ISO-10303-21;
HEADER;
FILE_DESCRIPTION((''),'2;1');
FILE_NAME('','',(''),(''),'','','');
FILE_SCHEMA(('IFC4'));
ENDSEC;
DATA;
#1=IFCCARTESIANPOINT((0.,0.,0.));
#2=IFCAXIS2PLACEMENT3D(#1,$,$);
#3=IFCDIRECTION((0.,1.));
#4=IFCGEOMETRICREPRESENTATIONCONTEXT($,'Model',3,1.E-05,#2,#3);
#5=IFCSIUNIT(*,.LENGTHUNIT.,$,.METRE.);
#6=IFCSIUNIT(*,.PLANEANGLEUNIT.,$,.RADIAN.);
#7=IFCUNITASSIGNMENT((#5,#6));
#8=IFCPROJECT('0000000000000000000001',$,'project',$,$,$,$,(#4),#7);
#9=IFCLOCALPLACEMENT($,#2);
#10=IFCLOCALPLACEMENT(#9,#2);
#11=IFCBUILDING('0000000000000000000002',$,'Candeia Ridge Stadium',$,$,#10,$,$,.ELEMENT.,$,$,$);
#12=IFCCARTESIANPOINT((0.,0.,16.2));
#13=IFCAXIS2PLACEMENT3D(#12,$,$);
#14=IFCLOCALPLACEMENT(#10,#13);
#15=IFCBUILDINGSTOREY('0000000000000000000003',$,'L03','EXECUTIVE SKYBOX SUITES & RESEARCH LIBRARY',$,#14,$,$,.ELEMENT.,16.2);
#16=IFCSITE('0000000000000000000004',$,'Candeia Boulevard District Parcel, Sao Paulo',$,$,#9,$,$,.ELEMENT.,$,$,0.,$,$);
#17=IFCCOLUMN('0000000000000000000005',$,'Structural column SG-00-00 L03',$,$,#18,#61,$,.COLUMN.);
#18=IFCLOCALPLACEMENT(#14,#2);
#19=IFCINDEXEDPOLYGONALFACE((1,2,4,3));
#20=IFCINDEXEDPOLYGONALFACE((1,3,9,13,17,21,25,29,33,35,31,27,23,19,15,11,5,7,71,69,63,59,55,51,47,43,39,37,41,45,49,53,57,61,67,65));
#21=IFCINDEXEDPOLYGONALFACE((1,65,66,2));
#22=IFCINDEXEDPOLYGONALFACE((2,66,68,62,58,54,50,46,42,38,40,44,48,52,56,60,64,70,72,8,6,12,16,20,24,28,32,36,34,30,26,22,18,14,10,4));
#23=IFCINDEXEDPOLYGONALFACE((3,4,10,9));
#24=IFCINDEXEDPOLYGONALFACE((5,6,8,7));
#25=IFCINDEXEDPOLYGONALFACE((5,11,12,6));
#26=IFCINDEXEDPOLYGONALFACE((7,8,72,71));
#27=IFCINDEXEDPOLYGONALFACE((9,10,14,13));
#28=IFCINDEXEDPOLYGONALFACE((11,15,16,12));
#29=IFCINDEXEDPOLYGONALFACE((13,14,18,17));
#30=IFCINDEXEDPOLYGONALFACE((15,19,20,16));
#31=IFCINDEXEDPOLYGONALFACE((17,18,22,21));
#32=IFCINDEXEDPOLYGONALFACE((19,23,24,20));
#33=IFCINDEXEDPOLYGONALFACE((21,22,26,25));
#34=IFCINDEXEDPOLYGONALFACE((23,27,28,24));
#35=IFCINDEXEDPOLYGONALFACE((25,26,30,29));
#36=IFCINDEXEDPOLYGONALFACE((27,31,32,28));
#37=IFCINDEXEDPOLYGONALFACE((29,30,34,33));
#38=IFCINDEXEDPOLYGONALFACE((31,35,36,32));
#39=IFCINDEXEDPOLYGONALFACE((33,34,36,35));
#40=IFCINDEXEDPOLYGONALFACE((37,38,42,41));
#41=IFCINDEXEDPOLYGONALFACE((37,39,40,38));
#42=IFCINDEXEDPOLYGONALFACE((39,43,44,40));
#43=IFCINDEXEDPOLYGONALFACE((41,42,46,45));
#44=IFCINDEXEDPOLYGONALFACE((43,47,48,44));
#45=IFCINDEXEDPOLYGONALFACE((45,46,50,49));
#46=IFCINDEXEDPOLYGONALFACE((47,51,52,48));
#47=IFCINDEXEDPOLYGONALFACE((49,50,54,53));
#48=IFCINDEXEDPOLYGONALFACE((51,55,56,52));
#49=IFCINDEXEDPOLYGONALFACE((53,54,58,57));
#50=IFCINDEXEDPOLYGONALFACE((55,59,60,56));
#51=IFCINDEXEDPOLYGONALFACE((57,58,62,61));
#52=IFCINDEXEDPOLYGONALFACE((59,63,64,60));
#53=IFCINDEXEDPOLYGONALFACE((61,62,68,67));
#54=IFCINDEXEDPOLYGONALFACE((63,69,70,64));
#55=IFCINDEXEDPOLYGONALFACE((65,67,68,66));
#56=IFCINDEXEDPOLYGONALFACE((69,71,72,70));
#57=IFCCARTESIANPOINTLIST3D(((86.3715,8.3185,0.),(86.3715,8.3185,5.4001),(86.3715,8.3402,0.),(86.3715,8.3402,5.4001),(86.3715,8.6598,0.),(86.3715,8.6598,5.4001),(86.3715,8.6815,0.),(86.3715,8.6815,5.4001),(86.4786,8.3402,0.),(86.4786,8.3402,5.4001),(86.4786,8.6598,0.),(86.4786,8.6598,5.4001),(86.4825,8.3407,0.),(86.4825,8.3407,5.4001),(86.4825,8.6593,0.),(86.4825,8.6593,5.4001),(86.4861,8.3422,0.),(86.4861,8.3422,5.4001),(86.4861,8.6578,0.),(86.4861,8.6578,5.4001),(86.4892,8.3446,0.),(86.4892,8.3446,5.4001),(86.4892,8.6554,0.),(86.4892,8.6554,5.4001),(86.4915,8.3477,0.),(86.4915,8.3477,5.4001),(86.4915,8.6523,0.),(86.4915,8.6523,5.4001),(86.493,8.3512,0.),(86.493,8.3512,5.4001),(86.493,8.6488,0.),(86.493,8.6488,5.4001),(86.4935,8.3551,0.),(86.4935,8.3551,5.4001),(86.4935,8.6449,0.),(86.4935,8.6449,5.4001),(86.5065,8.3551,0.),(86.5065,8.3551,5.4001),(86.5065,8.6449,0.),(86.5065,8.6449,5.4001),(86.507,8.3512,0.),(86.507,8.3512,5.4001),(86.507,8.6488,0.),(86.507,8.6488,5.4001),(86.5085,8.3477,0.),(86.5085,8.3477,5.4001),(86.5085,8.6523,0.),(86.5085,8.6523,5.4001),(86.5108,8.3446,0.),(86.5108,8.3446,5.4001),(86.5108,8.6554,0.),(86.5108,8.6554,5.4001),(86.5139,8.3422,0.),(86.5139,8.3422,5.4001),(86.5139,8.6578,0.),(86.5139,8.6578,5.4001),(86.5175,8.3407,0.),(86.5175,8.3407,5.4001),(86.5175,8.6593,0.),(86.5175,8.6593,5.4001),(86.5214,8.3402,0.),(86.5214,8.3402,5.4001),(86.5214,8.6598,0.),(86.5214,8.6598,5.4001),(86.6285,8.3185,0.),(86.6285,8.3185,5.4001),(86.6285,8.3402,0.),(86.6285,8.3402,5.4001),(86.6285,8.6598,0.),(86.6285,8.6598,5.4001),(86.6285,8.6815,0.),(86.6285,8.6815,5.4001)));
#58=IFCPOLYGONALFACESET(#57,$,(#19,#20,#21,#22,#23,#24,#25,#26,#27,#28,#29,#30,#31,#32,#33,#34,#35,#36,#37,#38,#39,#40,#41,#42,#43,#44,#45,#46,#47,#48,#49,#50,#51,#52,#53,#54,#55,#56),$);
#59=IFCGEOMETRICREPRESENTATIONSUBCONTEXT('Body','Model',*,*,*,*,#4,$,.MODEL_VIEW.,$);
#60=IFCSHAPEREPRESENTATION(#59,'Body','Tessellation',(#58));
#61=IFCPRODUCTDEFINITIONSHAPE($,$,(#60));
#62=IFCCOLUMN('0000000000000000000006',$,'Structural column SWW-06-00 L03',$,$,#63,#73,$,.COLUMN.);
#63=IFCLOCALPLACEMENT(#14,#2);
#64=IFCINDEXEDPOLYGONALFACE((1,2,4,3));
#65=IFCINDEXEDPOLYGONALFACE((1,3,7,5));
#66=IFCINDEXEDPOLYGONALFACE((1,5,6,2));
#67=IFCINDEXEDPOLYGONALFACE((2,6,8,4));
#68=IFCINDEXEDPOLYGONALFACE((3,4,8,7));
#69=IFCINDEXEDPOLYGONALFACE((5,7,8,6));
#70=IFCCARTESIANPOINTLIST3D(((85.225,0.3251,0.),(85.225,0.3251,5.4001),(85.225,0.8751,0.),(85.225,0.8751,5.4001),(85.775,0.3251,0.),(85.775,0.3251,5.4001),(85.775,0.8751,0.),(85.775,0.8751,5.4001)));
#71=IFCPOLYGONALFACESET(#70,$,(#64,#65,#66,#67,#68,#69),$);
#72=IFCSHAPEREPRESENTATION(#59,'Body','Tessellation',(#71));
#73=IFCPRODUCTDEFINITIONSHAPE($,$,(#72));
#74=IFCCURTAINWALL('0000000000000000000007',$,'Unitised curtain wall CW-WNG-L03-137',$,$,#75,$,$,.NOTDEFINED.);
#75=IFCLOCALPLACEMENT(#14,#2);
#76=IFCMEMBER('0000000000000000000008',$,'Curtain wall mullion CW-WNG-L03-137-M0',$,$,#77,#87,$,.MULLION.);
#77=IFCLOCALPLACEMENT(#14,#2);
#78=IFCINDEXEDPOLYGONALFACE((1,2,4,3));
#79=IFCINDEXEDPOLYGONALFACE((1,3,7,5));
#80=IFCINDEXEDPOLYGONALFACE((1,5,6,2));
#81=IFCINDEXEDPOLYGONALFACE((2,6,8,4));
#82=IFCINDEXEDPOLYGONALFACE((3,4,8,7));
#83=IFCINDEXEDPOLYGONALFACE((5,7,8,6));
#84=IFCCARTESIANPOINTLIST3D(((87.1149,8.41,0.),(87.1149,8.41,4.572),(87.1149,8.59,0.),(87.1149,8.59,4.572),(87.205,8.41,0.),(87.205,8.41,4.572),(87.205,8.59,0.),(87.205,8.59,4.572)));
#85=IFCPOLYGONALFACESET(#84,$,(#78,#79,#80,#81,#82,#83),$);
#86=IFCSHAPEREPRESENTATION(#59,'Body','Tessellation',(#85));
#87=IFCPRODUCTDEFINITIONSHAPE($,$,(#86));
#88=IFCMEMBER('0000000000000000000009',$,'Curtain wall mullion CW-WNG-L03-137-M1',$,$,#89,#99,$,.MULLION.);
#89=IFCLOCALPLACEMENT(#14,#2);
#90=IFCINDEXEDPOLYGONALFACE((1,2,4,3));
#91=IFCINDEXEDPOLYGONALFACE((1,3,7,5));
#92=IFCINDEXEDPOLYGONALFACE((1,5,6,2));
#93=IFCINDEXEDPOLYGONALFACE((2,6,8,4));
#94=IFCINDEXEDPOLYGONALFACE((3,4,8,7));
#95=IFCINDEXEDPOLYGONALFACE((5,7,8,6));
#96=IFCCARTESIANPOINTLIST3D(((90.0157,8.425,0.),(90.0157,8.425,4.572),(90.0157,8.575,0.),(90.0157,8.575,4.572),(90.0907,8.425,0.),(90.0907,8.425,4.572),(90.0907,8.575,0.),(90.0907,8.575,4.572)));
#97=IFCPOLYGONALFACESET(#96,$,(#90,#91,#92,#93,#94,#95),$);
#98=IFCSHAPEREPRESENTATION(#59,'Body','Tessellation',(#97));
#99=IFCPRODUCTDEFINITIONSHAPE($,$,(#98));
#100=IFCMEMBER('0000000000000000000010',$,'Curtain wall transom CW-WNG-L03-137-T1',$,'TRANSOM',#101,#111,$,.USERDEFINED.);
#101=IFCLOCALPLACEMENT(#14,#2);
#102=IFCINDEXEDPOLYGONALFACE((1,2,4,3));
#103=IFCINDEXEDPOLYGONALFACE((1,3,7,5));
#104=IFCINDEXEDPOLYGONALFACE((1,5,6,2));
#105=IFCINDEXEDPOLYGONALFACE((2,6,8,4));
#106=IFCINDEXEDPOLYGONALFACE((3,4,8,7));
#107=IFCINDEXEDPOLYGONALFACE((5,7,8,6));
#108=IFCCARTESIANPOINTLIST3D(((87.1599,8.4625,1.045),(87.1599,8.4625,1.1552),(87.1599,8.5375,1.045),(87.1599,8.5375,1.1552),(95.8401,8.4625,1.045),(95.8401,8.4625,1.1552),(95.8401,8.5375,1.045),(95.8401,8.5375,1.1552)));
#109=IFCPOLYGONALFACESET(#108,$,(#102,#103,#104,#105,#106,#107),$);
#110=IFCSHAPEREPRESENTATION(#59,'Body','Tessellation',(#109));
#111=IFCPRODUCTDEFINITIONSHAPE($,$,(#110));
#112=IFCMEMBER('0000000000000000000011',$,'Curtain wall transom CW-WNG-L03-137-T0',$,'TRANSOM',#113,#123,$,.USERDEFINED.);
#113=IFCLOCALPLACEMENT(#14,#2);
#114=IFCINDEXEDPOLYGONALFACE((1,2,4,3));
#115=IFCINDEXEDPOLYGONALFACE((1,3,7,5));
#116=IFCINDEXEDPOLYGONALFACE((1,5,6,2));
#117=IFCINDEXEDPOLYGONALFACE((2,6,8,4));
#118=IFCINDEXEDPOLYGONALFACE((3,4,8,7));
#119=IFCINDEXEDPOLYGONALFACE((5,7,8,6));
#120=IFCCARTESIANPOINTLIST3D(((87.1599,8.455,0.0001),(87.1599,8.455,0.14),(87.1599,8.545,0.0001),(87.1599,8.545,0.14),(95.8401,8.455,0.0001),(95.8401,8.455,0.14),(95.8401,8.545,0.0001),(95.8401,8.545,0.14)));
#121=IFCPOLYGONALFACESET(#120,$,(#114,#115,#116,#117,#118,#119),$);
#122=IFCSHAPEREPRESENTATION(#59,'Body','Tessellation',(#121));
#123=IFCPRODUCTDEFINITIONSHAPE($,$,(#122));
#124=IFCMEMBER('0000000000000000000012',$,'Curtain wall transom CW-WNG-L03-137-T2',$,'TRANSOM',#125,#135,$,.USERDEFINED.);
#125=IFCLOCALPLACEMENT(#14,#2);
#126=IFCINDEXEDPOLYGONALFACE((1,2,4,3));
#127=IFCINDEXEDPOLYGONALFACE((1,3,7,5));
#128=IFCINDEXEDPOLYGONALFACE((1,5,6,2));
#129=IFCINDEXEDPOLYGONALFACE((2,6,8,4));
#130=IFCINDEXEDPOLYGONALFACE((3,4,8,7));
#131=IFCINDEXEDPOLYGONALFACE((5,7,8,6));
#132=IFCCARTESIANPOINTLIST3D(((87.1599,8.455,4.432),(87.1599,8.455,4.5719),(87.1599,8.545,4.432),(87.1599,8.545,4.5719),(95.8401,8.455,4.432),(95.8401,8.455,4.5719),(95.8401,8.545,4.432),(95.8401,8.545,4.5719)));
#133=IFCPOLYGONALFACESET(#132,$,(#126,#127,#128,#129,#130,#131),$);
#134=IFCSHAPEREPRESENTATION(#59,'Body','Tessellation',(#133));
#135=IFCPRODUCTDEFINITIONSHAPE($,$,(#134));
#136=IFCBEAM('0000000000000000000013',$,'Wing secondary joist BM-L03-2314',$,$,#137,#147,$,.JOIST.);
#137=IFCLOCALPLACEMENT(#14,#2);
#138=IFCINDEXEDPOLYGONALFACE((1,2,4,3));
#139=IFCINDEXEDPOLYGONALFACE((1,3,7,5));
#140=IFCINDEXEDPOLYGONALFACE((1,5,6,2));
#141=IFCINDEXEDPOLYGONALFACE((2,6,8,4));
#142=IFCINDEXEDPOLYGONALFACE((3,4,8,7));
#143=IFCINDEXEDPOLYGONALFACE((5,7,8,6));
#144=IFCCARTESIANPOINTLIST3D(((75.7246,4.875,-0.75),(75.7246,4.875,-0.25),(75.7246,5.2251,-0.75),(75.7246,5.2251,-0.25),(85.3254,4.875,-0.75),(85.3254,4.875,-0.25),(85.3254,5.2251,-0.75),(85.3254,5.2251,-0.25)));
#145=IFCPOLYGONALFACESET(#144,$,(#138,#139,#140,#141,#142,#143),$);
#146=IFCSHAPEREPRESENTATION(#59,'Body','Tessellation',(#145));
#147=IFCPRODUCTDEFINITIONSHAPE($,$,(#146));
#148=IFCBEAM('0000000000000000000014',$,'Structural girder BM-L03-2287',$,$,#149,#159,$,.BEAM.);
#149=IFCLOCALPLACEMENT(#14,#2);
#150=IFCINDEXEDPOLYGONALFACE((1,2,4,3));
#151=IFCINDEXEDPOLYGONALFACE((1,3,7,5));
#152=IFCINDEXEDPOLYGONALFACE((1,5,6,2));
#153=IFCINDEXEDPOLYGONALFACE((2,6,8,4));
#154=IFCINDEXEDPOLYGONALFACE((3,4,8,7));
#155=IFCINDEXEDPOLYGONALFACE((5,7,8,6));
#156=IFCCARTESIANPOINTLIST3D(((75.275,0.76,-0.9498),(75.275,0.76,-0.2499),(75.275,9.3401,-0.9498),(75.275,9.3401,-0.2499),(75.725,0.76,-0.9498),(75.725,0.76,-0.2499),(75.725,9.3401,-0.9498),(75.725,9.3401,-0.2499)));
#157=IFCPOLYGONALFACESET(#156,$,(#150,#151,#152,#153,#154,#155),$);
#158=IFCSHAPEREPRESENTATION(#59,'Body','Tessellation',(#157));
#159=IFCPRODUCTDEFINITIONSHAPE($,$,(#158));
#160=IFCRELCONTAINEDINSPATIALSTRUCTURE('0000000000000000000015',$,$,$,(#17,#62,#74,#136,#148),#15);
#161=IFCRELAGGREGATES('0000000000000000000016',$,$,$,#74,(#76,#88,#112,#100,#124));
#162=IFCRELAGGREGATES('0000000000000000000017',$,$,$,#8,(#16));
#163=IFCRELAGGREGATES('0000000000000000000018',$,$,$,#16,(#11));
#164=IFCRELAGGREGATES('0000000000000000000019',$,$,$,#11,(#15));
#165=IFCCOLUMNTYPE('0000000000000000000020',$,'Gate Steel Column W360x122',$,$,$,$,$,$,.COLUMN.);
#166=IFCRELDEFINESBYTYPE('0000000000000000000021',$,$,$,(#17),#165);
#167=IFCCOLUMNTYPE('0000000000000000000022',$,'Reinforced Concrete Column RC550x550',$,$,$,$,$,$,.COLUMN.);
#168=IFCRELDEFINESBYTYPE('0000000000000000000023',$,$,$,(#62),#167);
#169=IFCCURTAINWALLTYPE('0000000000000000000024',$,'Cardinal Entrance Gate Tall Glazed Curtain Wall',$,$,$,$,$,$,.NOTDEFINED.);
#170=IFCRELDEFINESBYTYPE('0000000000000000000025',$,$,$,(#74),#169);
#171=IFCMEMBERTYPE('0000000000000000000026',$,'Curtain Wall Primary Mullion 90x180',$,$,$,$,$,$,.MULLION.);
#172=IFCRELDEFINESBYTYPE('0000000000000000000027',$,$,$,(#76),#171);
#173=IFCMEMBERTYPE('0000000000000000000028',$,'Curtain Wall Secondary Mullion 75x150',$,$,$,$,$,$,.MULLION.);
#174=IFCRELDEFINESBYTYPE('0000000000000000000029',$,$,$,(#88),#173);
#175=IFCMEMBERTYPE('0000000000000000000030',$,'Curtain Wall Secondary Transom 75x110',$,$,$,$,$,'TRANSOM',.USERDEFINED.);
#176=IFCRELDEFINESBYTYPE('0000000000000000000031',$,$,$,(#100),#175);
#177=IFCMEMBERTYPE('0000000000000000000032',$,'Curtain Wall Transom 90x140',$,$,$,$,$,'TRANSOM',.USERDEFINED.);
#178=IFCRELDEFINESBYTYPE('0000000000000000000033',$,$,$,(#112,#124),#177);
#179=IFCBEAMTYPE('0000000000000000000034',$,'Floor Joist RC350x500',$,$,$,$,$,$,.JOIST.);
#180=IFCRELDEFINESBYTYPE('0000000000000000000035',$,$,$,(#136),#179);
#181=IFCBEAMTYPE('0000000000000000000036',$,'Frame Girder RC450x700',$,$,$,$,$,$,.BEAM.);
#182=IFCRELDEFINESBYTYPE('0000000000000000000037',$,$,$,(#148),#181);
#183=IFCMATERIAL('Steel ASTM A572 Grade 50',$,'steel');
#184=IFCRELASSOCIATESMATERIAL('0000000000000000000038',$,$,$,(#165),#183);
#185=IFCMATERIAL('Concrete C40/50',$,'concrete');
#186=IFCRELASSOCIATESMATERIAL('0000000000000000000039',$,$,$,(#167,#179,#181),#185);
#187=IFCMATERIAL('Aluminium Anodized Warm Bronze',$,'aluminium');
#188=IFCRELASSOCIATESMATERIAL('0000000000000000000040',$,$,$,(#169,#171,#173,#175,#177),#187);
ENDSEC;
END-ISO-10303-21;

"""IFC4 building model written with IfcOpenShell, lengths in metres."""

from ifc_helpers import new_model, si_unit, direction, frame, origin, origin_2d, place, context, subcontext, project, spatial, rectangle, i_section, extrude, material, material_profile, profile_set, type_object, element, aggregate, save


model = new_model("IFC4")

# Units and contexts
model_context = context("Model", 3, precision=1e-05, world=origin(), true_north=direction((0.0, 1.0)))
body_context = subcontext(model_context, "Body", "Model", "MODEL_VIEW")
ifc_project = project(units=[si_unit("LENGTHUNIT", "METRE"), si_unit("PLANEANGLEUNIT", "RADIAN")], contexts=[model_context])

# Site, building, storey
site_placement = place(None, origin())
site = spatial("IfcSite", under=ifc_project, at=site_placement, Name="Candeia Boulevard District Parcel, Sao Paulo", CompositionType="ELEMENT", RefElevation=0.0)
building_placement = place(site_placement, origin())
building = spatial("IfcBuilding", under=site, at=building_placement, Name="Candeia Ridge Stadium", CompositionType="ELEMENT")
storey_placement = place(building_placement, frame((0.0, 0.0, 16.2)))
storey = spatial("IfcBuildingStorey", under=building, at=storey_placement, Name="L03", Description="EXECUTIVE SKYBOX SUITES & RESEARCH LIBRARY", CompositionType="ELEMENT", Elevation=16.2)

# Columns
ifc_material_1 = material(Name="Steel ASTM A572 Grade 50", Category="steel")
ifc_material_profile_1 = material_profile(ifc_material_1, i_section(OverallWidth=0.2571, OverallDepth=0.363, WebThickness=0.0129, FlangeThickness=0.0217, FilletRadius=0.0149, at=origin_2d()), Name="W360x122", Category="steel")
ifc_profile_set_1 = profile_set([ifc_material_profile_1], Name="Steel ASTM A572 Grade 50")
column_type_1 = type_object("IfcColumnType", Name="Gate Steel Column W360x122", PredefinedType="COLUMN", material=ifc_profile_set_1)
column_1_placement = place(storey_placement, frame((86.5, 8.5, 0.0), z_axis=(0.0, 0.0, 1.0), x_axis=(1.0, 0.0, 0.0)))
element("IfcColumn", 1, at=column_1_placement, inside=storey, type_object=column_type_1, Name="Structural column SG-00-00 L03", PredefinedType="COLUMN", context=body_context, shape_type="SweptSolid", body=[
    extrude(i_section(OverallWidth=0.2571, OverallDepth=0.363, WebThickness=0.0129, FlangeThickness=0.0217, FilletRadius=0.0149, at=origin_2d()), origin(), (0.0, 0.0, 1.0), 5.4001),
])
ifc_material_2 = material(Name="Concrete C40/50", Category="concrete")
ifc_material_profile_2 = material_profile(ifc_material_2, rectangle(XDim=0.55, YDim=0.55, at=origin_2d()), Name="RC550x550", Category="concrete")
ifc_profile_set_2 = profile_set([ifc_material_profile_2], Name="Concrete C40/50")
column_type_2 = type_object("IfcColumnType", Name="Reinforced Concrete Column RC550x550", PredefinedType="COLUMN", material=ifc_profile_set_2)
column_2_placement = place(storey_placement, frame((85.5, 0.6001, 0.0), z_axis=(0.0, 0.0, 1.0), x_axis=(1.0, 0.0, 0.0)))
element("IfcColumn", 2, at=column_2_placement, inside=storey, type_object=column_type_2, Name="Structural column SWW-06-00 L03", PredefinedType="COLUMN", context=body_context, shape_type="SweptSolid", body=[
    extrude(rectangle(XDim=0.55, YDim=0.55, at=origin_2d()), origin(), (0.0, 0.0, 1.0), 5.4001),
])

# Curtain wall, members
ifc_material_3 = material(Name="Aluminium Anodized Warm Bronze", Category="aluminium")
curtain_wall_type = type_object("IfcCurtainWallType", Name="Cardinal Entrance Gate Tall Glazed Curtain Wall", PredefinedType="NOTDEFINED", material=ifc_material_3)
curtain_wall_placement = place(storey_placement, origin())
curtain_wall = element("IfcCurtainWall", 3, at=curtain_wall_placement, inside=storey, type_object=curtain_wall_type, Name="Unitised curtain wall CW-WNG-L03-137", PredefinedType="NOTDEFINED")
ifc_material_profile_3 = material_profile(ifc_material_3, rectangle(XDim=0.0901, YDim=0.1799, at=origin_2d()), Name="CWM-90x180", Category="aluminium")
ifc_profile_set_3 = profile_set([ifc_material_profile_3], Name="Aluminium Anodized Warm Bronze")
member_type_1 = type_object("IfcMemberType", Name="Curtain Wall Primary Mullion 90x180", PredefinedType="MULLION", material=ifc_profile_set_3)
member_1_placement = place(storey_placement, frame((87.1599, 8.5, 0.0), z_axis=(0.0, 0.0, 1.0), x_axis=(1.0, 0.0, 0.0)))
member_1 = element("IfcMember", 4, at=member_1_placement, type_object=member_type_1, Name="Curtain wall mullion CW-WNG-L03-137-M0", PredefinedType="MULLION", context=body_context, shape_type="SweptSolid", body=[
    extrude(rectangle(XDim=0.0901, YDim=0.1799, at=origin_2d()), origin(), (0.0, 0.0, 1.0), 4.572),
])
ifc_material_profile_4 = material_profile(ifc_material_3, rectangle(XDim=0.075, YDim=0.1499, at=origin_2d()), Name="CWM-75x150", Category="aluminium")
ifc_profile_set_4 = profile_set([ifc_material_profile_4], Name="Aluminium Anodized Warm Bronze")
member_type_2 = type_object("IfcMemberType", Name="Curtain Wall Secondary Mullion 75x150", PredefinedType="MULLION", material=ifc_profile_set_4)
member_2_placement = place(storey_placement, frame((90.0532, 8.5, 0.0), z_axis=(0.0, 0.0, 1.0), x_axis=(1.0, 0.0, 0.0)))
member_2 = element("IfcMember", 5, at=member_2_placement, type_object=member_type_2, Name="Curtain wall mullion CW-WNG-L03-137-M1", PredefinedType="MULLION", context=body_context, shape_type="SweptSolid", body=[
    extrude(rectangle(XDim=0.075, YDim=0.1499, at=origin_2d()), origin(), (0.0, 0.0, 1.0), 4.572),
])
ifc_material_profile_5 = material_profile(ifc_material_3, rectangle(XDim=0.075, YDim=0.1101, at=origin_2d()), Name="CWT-75x110", Category="aluminium")
ifc_profile_set_5 = profile_set([ifc_material_profile_5], Name="Aluminium Anodized Warm Bronze")
member_type_3 = type_object("IfcMemberType", Name="Curtain Wall Secondary Transom 75x110", ElementType="TRANSOM", PredefinedType="USERDEFINED", material=ifc_profile_set_5)
member_3_placement = place(storey_placement, frame((87.1599, 8.5, 1.1001), z_axis=(1.0, 0.0, 0.0), x_axis=(0.0, 1.0, 0.0)))
member_3 = element("IfcMember", 6, at=member_3_placement, type_object=member_type_3, Name="Curtain wall transom CW-WNG-L03-137-T1", ObjectType="TRANSOM", PredefinedType="USERDEFINED", context=body_context, shape_type="SweptSolid", body=[
    extrude(rectangle(XDim=0.075, YDim=0.1101, at=origin_2d()), origin(), (0.0, 0.0, 1.0), 8.6802),
])
ifc_material_profile_6 = material_profile(ifc_material_3, rectangle(XDim=0.0901, YDim=0.1399, at=origin_2d()), Name="CWT-90x140", Category="aluminium")
ifc_profile_set_6 = profile_set([ifc_material_profile_6], Name="Aluminium Anodized Warm Bronze")
member_type_4 = type_object("IfcMemberType", Name="Curtain Wall Transom 90x140", ElementType="TRANSOM", PredefinedType="USERDEFINED", material=ifc_profile_set_6)
member_4_placement = place(storey_placement, frame((87.1599, 8.5, 0.0701), z_axis=(1.0, 0.0, 0.0), x_axis=(0.0, 1.0, 0.0)))
member_4 = element("IfcMember", 7, at=member_4_placement, type_object=member_type_4, Name="Curtain wall transom CW-WNG-L03-137-T0", ObjectType="TRANSOM", PredefinedType="USERDEFINED", context=body_context, shape_type="SweptSolid", body=[
    extrude(rectangle(XDim=0.0901, YDim=0.1399, at=origin_2d()), origin(), (0.0, 0.0, 1.0), 8.6802),
])
member_5_placement = place(storey_placement, frame((87.1599, 8.5, 4.502), z_axis=(1.0, 0.0, 0.0), x_axis=(0.0, 1.0, 0.0)))
member_5 = element("IfcMember", 8, at=member_5_placement, type_object=member_type_4, Name="Curtain wall transom CW-WNG-L03-137-T2", ObjectType="TRANSOM", PredefinedType="USERDEFINED", context=body_context, shape_type="SweptSolid", body=[
    extrude(rectangle(XDim=0.0901, YDim=0.1399, at=origin_2d()), origin(), (0.0, 0.0, 1.0), 8.6802),
])

# Beams
ifc_material_profile_7 = material_profile(ifc_material_2, rectangle(XDim=0.3501, YDim=0.5, at=origin_2d()), Name="RC350x500", Category="concrete")
ifc_profile_set_7 = profile_set([ifc_material_profile_7], Name="Concrete C40/50")
beam_type_1 = type_object("IfcBeamType", Name="Floor Joist RC350x500", PredefinedType="JOIST", material=ifc_profile_set_7)
beam_1_placement = place(storey_placement, frame((75.7246, 5.05, -0.5), z_axis=(1.0, 0.0, 0.0), x_axis=(0.0, 1.0, 0.0)))
element("IfcBeam", 9, at=beam_1_placement, inside=storey, type_object=beam_type_1, Name="Wing secondary joist BM-L03-2314", PredefinedType="JOIST", context=body_context, shape_type="SweptSolid", body=[
    extrude(rectangle(XDim=0.3501, YDim=0.5, at=origin_2d()), origin(), (0.0, 0.0, 1.0), 9.6008),
])
ifc_material_profile_8 = material_profile(ifc_material_2, rectangle(XDim=0.45, YDim=0.7, at=origin_2d()), Name="RC450x700", Category="concrete")
ifc_profile_set_8 = profile_set([ifc_material_profile_8], Name="Concrete C40/50")
beam_type_2 = type_object("IfcBeamType", Name="Frame Girder RC450x700", PredefinedType="BEAM", material=ifc_profile_set_8)
beam_2_placement = place(storey_placement, frame((75.5, 0.76, -0.5999), z_axis=(0.0, 1.0, 0.0), x_axis=(-1.0, 0.0, 0.0)))
element("IfcBeam", 10, at=beam_2_placement, inside=storey, type_object=beam_type_2, Name="Structural girder BM-L03-2287", PredefinedType="BEAM", context=body_context, shape_type="SweptSolid", body=[
    extrude(rectangle(XDim=0.45, YDim=0.7, at=origin_2d()), origin(), (0.0, 0.0, 1.0), 8.5801),
])

aggregate(curtain_wall, [member_1, member_2, member_4, member_3, member_5])

save(model, "model.ifc")
